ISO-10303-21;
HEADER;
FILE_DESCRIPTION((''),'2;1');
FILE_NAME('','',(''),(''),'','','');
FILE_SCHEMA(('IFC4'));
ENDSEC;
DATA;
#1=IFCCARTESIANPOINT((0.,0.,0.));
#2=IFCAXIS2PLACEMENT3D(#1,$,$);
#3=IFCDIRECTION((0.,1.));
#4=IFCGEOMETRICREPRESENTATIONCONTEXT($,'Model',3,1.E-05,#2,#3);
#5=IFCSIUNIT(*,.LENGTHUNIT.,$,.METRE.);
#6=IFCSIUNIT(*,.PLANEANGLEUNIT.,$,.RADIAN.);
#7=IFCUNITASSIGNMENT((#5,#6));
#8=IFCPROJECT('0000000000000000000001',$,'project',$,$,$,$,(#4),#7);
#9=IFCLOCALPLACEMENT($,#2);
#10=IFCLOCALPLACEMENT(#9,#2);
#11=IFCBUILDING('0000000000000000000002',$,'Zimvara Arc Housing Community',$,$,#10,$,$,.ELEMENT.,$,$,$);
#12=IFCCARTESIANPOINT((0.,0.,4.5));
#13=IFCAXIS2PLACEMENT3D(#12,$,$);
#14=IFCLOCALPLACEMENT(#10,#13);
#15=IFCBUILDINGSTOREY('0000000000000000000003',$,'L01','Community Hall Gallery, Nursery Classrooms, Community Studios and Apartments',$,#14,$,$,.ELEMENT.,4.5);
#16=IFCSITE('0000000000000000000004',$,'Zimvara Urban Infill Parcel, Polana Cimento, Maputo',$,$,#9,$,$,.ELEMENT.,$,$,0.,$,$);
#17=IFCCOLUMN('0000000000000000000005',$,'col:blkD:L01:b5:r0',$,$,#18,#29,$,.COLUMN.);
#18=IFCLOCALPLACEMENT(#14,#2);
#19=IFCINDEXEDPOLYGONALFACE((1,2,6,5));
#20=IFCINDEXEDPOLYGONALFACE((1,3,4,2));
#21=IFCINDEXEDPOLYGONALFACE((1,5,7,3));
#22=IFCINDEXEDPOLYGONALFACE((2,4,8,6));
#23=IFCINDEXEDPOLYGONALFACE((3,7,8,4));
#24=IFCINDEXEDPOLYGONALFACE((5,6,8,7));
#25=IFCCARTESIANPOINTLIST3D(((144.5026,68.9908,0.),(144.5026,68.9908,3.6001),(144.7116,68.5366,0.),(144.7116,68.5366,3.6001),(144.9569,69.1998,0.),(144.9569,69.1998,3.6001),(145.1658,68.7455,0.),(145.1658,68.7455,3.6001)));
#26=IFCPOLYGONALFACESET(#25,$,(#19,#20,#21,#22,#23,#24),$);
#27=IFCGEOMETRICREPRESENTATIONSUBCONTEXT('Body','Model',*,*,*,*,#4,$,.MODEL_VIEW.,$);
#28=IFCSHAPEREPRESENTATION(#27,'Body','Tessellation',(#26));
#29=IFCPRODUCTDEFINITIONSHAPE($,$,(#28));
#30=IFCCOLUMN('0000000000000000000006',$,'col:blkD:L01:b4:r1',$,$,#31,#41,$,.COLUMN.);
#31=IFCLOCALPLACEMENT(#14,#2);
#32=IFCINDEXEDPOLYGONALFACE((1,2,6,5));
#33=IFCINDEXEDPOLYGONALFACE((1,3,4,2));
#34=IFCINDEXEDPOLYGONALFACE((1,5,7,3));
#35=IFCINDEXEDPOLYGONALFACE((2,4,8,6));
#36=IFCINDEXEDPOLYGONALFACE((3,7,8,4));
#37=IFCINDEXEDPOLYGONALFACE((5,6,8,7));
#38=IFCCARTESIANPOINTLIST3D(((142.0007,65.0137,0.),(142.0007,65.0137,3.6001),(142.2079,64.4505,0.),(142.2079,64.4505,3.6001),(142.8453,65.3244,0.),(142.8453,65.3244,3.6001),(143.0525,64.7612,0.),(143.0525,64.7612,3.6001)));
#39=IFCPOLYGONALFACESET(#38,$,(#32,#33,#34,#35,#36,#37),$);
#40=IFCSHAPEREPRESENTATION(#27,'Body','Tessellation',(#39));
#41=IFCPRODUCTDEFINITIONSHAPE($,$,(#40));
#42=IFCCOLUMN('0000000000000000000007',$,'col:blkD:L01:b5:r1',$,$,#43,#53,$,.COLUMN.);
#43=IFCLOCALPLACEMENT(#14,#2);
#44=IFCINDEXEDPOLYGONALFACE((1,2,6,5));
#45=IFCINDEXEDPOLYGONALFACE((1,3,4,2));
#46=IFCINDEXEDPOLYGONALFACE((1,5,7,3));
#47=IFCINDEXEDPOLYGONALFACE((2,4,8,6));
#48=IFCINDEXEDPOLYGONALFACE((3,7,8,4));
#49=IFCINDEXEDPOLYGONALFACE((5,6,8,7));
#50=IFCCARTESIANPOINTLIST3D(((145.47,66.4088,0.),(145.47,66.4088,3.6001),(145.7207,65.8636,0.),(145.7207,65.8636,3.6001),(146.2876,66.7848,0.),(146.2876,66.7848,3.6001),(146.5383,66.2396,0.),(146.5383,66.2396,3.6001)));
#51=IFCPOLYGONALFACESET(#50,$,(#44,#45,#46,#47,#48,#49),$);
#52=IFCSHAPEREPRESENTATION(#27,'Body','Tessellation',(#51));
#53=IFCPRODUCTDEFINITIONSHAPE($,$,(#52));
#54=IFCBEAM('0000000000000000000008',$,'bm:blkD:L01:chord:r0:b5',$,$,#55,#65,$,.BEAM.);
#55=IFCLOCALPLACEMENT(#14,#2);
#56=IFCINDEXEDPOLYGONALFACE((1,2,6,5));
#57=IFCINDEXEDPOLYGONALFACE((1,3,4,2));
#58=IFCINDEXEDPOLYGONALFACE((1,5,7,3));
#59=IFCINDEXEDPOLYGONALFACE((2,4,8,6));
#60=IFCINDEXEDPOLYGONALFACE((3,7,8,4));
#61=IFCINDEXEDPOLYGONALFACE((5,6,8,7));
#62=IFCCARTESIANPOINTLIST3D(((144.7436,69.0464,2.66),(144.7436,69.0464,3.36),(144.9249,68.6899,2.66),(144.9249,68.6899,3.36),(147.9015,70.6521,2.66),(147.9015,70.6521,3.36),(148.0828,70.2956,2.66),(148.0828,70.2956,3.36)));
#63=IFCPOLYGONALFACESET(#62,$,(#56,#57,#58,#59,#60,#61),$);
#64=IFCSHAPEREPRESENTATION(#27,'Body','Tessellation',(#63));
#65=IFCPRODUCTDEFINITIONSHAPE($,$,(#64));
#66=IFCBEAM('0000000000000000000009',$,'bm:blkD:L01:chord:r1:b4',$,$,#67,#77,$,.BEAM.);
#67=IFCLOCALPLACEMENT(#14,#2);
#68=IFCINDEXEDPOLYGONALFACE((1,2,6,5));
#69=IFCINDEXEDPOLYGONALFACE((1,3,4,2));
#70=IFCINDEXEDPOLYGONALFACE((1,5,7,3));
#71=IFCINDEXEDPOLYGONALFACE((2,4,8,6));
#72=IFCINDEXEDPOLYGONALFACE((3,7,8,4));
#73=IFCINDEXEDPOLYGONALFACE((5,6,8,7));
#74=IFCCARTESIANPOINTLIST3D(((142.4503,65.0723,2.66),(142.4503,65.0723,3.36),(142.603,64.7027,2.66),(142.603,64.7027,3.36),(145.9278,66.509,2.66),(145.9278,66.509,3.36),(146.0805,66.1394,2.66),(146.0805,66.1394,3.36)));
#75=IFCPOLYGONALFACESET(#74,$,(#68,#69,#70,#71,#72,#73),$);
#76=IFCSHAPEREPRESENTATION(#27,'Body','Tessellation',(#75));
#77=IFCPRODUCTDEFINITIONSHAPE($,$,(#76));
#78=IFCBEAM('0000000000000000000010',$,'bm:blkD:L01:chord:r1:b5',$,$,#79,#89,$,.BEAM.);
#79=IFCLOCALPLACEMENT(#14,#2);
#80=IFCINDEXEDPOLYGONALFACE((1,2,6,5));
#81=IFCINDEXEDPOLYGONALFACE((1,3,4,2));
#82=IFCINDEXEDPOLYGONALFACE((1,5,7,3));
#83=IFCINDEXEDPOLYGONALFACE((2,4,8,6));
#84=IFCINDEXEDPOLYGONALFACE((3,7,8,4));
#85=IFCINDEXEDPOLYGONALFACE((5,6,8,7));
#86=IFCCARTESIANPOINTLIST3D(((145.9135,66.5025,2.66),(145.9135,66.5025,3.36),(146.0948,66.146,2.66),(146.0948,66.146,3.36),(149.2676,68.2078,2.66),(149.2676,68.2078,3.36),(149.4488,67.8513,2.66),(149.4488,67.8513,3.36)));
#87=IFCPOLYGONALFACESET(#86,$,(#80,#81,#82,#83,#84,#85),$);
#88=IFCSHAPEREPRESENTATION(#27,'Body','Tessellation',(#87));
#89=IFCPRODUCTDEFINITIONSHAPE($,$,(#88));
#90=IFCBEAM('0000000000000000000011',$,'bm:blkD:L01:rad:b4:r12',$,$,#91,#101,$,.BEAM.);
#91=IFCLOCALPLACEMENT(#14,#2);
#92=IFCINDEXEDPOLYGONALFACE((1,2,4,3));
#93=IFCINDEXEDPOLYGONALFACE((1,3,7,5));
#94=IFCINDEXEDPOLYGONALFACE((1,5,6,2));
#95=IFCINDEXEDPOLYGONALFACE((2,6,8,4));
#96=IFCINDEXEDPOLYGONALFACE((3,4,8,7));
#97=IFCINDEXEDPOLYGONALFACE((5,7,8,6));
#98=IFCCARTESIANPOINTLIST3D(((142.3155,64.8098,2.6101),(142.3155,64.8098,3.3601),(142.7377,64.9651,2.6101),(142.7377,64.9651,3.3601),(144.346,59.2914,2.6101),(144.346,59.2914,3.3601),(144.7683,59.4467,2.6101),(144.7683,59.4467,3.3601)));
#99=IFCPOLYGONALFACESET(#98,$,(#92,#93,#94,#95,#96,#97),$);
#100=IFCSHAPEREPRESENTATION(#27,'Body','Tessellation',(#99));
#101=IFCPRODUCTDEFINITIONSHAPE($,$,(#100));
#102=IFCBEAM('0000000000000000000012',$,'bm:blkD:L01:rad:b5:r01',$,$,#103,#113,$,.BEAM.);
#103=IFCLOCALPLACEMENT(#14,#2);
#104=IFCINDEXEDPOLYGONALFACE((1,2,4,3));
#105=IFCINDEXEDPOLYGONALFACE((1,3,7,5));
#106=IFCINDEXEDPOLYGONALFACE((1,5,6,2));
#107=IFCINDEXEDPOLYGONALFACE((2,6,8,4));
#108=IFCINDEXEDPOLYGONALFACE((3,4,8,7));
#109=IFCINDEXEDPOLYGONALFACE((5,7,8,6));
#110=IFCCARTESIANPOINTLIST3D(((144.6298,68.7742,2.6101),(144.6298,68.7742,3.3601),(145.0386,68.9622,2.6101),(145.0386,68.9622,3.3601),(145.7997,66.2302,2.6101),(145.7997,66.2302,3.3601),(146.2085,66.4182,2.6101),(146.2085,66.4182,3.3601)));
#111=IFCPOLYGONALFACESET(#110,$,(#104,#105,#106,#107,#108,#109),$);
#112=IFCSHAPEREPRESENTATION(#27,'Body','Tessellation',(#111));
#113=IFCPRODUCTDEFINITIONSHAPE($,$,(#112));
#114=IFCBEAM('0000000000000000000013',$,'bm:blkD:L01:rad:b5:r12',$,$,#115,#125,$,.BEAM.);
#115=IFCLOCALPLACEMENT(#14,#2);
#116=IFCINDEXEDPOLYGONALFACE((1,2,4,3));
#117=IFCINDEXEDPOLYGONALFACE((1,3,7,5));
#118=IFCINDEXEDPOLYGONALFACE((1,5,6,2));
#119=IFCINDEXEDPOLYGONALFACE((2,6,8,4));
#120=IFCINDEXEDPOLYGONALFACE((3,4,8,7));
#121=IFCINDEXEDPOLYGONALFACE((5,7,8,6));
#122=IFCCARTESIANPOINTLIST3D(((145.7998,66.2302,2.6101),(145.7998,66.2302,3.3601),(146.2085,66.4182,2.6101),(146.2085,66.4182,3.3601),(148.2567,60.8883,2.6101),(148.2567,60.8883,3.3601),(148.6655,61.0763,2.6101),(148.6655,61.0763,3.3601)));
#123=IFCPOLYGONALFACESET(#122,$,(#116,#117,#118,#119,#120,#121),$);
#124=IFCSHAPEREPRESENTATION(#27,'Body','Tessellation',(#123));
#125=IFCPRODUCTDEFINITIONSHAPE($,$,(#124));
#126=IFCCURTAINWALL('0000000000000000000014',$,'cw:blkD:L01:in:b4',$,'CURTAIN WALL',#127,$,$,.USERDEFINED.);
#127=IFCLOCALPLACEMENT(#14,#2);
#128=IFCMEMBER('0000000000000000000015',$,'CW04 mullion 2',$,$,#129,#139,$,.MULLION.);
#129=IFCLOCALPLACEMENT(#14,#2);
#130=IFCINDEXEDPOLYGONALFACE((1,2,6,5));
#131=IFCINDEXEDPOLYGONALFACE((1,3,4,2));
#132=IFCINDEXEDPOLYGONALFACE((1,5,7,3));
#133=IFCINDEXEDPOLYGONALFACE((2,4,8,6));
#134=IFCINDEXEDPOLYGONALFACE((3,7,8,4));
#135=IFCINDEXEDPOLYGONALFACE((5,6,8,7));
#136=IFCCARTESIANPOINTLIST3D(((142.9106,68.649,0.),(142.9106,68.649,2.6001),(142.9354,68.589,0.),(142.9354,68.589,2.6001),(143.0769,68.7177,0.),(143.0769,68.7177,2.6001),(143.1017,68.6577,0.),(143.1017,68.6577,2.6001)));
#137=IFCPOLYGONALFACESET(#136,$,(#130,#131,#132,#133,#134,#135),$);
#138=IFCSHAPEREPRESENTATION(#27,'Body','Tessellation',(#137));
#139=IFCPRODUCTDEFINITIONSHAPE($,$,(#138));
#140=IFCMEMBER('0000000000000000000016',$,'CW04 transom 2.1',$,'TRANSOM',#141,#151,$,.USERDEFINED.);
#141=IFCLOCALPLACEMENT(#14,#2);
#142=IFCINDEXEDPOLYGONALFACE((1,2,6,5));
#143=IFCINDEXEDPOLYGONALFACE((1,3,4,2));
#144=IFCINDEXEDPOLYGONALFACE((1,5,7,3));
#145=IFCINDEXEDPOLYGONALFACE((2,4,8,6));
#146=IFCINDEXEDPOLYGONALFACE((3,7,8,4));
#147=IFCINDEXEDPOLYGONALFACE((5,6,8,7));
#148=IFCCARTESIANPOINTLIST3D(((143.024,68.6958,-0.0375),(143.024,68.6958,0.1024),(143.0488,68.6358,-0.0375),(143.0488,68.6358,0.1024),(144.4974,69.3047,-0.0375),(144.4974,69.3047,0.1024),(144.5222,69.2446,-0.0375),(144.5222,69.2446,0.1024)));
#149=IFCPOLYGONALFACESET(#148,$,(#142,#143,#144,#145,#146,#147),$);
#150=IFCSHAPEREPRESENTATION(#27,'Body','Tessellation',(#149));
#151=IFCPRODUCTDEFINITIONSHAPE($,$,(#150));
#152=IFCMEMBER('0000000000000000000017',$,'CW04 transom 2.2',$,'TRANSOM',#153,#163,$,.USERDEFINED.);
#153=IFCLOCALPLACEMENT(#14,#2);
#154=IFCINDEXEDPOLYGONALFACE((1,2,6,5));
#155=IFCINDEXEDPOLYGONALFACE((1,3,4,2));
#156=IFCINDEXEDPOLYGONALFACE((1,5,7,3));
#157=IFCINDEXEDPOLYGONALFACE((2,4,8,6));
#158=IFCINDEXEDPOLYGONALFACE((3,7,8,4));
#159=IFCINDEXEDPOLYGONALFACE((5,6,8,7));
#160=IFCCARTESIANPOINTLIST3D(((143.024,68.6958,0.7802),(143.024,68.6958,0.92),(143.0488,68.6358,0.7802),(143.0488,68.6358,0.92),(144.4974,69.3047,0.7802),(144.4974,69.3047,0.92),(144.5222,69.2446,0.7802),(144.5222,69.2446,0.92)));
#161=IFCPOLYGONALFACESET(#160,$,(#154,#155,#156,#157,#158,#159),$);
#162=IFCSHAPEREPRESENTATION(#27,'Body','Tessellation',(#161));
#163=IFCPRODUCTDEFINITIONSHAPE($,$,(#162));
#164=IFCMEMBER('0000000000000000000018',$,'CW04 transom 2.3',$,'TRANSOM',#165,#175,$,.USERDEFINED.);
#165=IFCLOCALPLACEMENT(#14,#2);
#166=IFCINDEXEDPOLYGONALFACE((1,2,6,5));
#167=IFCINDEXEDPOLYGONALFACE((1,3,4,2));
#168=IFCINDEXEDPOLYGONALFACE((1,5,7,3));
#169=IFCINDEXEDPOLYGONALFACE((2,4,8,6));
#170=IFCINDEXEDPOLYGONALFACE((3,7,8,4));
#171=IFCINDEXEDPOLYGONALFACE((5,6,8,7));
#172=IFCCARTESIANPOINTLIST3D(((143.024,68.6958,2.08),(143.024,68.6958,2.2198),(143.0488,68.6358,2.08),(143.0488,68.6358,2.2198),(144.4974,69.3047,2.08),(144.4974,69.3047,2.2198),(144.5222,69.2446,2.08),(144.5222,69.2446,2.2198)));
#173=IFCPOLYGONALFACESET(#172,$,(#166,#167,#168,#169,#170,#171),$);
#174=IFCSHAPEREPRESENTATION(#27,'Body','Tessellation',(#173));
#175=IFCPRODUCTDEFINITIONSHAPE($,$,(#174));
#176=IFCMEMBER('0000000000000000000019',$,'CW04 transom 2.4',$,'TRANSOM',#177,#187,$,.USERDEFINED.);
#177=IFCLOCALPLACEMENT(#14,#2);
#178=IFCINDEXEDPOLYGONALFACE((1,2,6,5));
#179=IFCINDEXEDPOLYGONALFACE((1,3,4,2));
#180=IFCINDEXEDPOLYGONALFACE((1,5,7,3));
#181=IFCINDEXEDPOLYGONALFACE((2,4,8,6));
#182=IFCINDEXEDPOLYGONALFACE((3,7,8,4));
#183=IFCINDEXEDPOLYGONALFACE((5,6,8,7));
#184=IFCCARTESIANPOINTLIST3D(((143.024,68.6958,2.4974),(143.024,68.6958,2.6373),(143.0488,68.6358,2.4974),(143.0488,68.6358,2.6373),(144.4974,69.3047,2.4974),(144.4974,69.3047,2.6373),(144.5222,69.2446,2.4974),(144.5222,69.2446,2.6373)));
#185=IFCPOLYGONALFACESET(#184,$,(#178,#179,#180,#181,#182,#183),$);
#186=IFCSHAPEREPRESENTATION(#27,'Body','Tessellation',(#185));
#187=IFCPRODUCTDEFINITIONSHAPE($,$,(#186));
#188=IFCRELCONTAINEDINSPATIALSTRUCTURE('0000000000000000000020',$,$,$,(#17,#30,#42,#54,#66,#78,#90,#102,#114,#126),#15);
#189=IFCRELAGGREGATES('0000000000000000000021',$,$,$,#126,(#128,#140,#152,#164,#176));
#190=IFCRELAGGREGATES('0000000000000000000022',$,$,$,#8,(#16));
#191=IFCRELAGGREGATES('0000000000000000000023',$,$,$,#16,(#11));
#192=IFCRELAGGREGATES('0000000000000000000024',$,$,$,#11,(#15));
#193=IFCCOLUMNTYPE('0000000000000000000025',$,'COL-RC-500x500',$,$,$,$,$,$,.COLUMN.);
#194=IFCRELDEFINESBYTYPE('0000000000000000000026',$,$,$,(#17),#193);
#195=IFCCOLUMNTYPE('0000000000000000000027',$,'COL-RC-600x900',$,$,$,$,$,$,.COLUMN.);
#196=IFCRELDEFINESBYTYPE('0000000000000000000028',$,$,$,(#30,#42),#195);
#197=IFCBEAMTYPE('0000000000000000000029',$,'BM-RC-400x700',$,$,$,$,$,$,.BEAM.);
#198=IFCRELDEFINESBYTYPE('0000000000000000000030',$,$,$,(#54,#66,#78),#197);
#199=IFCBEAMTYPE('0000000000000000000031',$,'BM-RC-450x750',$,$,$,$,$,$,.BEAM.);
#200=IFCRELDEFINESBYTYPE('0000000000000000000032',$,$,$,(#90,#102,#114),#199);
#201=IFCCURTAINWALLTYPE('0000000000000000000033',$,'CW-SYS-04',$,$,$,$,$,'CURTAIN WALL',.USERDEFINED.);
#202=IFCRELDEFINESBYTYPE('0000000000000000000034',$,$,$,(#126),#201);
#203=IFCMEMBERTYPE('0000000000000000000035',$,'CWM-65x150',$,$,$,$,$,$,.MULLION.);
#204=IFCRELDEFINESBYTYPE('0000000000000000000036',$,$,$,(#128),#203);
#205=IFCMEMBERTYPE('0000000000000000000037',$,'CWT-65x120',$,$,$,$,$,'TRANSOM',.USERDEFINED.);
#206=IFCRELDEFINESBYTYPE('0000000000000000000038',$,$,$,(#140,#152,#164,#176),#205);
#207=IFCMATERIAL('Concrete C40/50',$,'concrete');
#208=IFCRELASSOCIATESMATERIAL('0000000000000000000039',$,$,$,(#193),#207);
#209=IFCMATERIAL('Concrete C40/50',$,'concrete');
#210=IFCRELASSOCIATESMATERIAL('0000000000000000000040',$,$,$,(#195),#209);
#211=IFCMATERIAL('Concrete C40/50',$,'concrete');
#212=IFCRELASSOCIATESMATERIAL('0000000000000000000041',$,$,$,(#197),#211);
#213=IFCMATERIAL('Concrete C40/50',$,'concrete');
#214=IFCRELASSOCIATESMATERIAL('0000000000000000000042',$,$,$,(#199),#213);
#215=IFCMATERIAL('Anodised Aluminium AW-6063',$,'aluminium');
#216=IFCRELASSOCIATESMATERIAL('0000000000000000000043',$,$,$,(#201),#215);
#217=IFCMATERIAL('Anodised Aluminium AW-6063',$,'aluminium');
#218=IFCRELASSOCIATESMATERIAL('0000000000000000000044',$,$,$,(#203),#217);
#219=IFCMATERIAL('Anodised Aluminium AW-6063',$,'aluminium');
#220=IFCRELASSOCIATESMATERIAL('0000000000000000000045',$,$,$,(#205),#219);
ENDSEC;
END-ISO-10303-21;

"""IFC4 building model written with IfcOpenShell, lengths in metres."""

from ifc_helpers import new_model, si_unit, direction, frame, origin, origin_2d, place, context, subcontext, project, spatial, rectangle, extrude, material, material_profile, profile_set, type_object, element, aggregate, save


model = new_model("IFC4")

# Units and contexts
model_context = context("Model", 3, precision=1e-05, world=origin(), true_north=direction((0.0, 1.0)))
body_context = subcontext(model_context, "Body", "Model", "MODEL_VIEW")
ifc_project = project(units=[si_unit("LENGTHUNIT", "METRE"), si_unit("PLANEANGLEUNIT", "RADIAN")], contexts=[model_context])

# Site, building, storey
site_placement = place(None, origin())
site = spatial("IfcSite", under=ifc_project, at=site_placement, Name="Zimvara Urban Infill Parcel, Polana Cimento, Maputo", CompositionType="ELEMENT", RefElevation=0.0)
building_placement = place(site_placement, origin())
building = spatial("IfcBuilding", under=site, at=building_placement, Name="Zimvara Arc Housing Community", CompositionType="ELEMENT")
storey_placement = place(building_placement, frame((0.0, 0.0, 4.5)))
storey = spatial("IfcBuildingStorey", under=building, at=storey_placement, Name="L01", Description="Community Hall Gallery, Nursery Classrooms, Community Studios and Apartments", CompositionType="ELEMENT", Elevation=4.5)

# Columns
ifc_material_1 = material(Name="Concrete C40/50", Category="concrete")
ifc_material_profile_1 = material_profile(ifc_material_1, rectangle(XDim=0.5, YDim=0.5, at=origin_2d()), Name="RC 500x500")
ifc_profile_set_1 = profile_set([ifc_material_profile_1], Name="Concrete C40/50")
column_type_1 = type_object("IfcColumnType", Name="COL-RC-500x500", PredefinedType="COLUMN", material=ifc_profile_set_1)
column_placement = place(storey_placement, frame((144.8342, 68.8682, 0.0), z_axis=(0.0, 0.0, 1.0), x_axis=(0.417867, -0.908508, 0.0)))
element("IfcColumn", 1, at=column_placement, inside=storey, type_object=column_type_1, Name="col:blkD:L01:b5:r0", PredefinedType="COLUMN", context=body_context, shape_type="SweptSolid", body=[
    extrude(rectangle(XDim=0.5, YDim=0.5, at=origin_2d()), origin(), (0.0, 0.0, 1.0), 3.6001),
])
ifc_material_2 = material(Name="Concrete C40/50", Category="concrete")
ifc_material_profile_2 = material_profile(ifc_material_2, rectangle(XDim=0.6001, YDim=0.8999, at=origin_2d()), Name="RC 600x900")
ifc_profile_set_2 = profile_set([ifc_material_profile_2], Name="Concrete C40/50")
column_type_2 = type_object("IfcColumnType", Name="COL-RC-600x900", PredefinedType="COLUMN", material=ifc_profile_set_2)
for number, where, z_axis, x_axis, name in (
    (2, (142.5266, 64.8875, 0.0), (0.0, 0.0, 1.0), (0.345298, -0.938493, 0.0), "col:blkD:L01:b4:r1"),
    (3, (146.0042, 66.3242, 0.0), (0.0, 0.0, 1.0), (0.417867, -0.908508, 0.0), "col:blkD:L01:b5:r1"),
):
    element("IfcColumn", number, at=place(storey_placement, frame(where, z_axis=z_axis, x_axis=x_axis)), inside=storey, type_object=column_type_2, Name=name, PredefinedType="COLUMN", context=body_context, shape_type="SweptSolid", body=[
        extrude(rectangle(XDim=0.6001, YDim=0.8999, at=origin_2d()), origin(), (0.0, 0.0, 1.0), 3.6001),
    ])

# Beams
ifc_material_3 = material(Name="Concrete C40/50", Category="concrete")
ifc_material_profile_3 = material_profile(ifc_material_3, rectangle(XDim=0.3999, YDim=0.7, at=origin_2d()), Name="RC 400x700")
ifc_profile_set_3 = profile_set([ifc_material_profile_3], Name="Concrete C40/50")
beam_type_1 = type_object("IfcBeamType", Name="BM-RC-400x700", PredefinedType="BEAM", material=ifc_profile_set_3)
beam_1_placement = place(storey_placement, frame((144.8342, 68.8682, 3.01), z_axis=(0.891388, 0.45324, 0.0), x_axis=(-0.45324, 0.891388, 0.0)))
element("IfcBeam", 4, at=beam_1_placement, inside=storey, type_object=beam_type_1, Name="bm:blkD:L01:chord:r0:b5", PredefinedType="BEAM", context=body_context, shape_type="SweptSolid", body=[
    extrude(rectangle(XDim=0.3999, YDim=0.7, at=origin_2d()), origin(), (0.0, 0.0, 1.0), 3.5427),
])
for number, where, z_axis, x_axis, name in (
    (5, (142.5266, 64.8875, 3.01), (0.924225, 0.381849, 0.0), (-0.381849, 0.924225, 0.0), "bm:blkD:L01:chord:r1:b4"),
    (6, (146.0042, 66.3242, 3.01), (0.891396, 0.453225, 0.0), (-0.453225, 0.891396, 0.0), "bm:blkD:L01:chord:r1:b5"),
):
    element("IfcBeam", number, at=place(storey_placement, frame(where, z_axis=z_axis, x_axis=x_axis)), inside=storey, type_object=beam_type_1, Name=name, PredefinedType="BEAM", context=body_context, shape_type="SweptSolid", body=[
        extrude(rectangle(XDim=0.3999, YDim=0.7, at=origin_2d()), origin(), (0.0, 0.0, 1.0), 3.7627),
    ])
ifc_material_4 = material(Name="Concrete C40/50", Category="concrete")
ifc_material_profile_4 = material_profile(ifc_material_4, rectangle(XDim=0.45, YDim=0.75, at=origin_2d()), Name="RC 450x750")
ifc_profile_set_4 = profile_set([ifc_material_profile_4], Name="Concrete C40/50")
beam_type_2 = type_object("IfcBeamType", Name="BM-RC-450x750", PredefinedType="BEAM", material=ifc_profile_set_4)
beam_2_placement = place(storey_placement, frame((142.5266, 64.8875, 2.9851), z_axis=(0.345324, -0.938483, 0.0), x_axis=(0.938483, 0.345324, 0.0)))
element("IfcBeam", 7, at=beam_2_placement, inside=storey, type_object=beam_type_2, Name="bm:blkD:L01:rad:b4:r12", PredefinedType="BEAM", context=body_context, shape_type="SweptSolid", body=[
    extrude(rectangle(XDim=0.45, YDim=0.75, at=origin_2d()), origin(), (0.0, 0.0, 1.0), 5.8801),
])
beam_3_placement = place(storey_placement, frame((144.8342, 68.8682, 2.9851), z_axis=(0.417819, -0.90853, 0.0), x_axis=(0.90853, 0.417819, 0.0)))
element("IfcBeam", 8, at=beam_3_placement, inside=storey, type_object=beam_type_2, Name="bm:blkD:L01:rad:b5:r01", PredefinedType="BEAM", context=body_context, shape_type="SweptSolid", body=[
    extrude(rectangle(XDim=0.45, YDim=0.75, at=origin_2d()), origin(), (0.0, 0.0, 1.0), 2.8),
])
beam_4_placement = place(storey_placement, frame((146.0042, 66.3242, 2.9851), z_axis=(0.417862, -0.90851, 0.0), x_axis=(0.90851, 0.417862, 0.0)))
element("IfcBeam", 9, at=beam_4_placement, inside=storey, type_object=beam_type_2, Name="bm:blkD:L01:rad:b5:r12", PredefinedType="BEAM", context=body_context, shape_type="SweptSolid", body=[
    extrude(rectangle(XDim=0.45, YDim=0.75, at=origin_2d()), origin(), (0.0, 0.0, 1.0), 5.8799),
])

# Curtain wall, members
ifc_material_5 = material(Name="Anodised Aluminium AW-6063", Category="aluminium")
curtain_wall_type = type_object("IfcCurtainWallType", Name="CW-SYS-04", ElementType="CURTAIN WALL", PredefinedType="USERDEFINED", material=ifc_material_5)
curtain_wall_placement = place(storey_placement, origin())
curtain_wall = element("IfcCurtainWall", 10, at=curtain_wall_placement, inside=storey, type_object=curtain_wall_type, Name="cw:blkD:L01:in:b4", ObjectType="CURTAIN WALL", PredefinedType="USERDEFINED")
ifc_material_6 = material(Name="Anodised Aluminium AW-6063", Category="aluminium")
ifc_material_profile_5 = material_profile(ifc_material_6, rectangle(XDim=0.0649, YDim=0.1799, at=origin_2d()), Name="ALU 65x180")
ifc_profile_set_5 = profile_set([ifc_material_profile_5], Name="Anodised Aluminium AW-6063")
member_type_1 = type_object("IfcMemberType", Name="CWM-65x150", PredefinedType="MULLION", material=ifc_profile_set_5)
member_1_placement = place(storey_placement, frame((143.0061, 68.6533, 0.0), z_axis=(0.0, 0.0, 1.0), x_axis=(-0.381877, 0.924213, 0.0)))
member_1 = element("IfcMember", 11, at=member_1_placement, type_object=member_type_1, Name="CW04 mullion 2", PredefinedType="MULLION", context=body_context, shape_type="SweptSolid", body=[
    extrude(rectangle(XDim=0.0649, YDim=0.1799, at=origin_2d()), origin(), (0.0, 0.0, 1.0), 2.6001),
])
ifc_material_7 = material(Name="Anodised Aluminium AW-6063", Category="aluminium")
ifc_material_profile_6 = material_profile(ifc_material_7, rectangle(XDim=0.0649, YDim=0.1399, at=origin_2d()), Name="ALU 65x140")
ifc_profile_set_6 = profile_set([ifc_material_profile_6], Name="Anodised Aluminium AW-6063")
member_type_2 = type_object("IfcMemberType", Name="CWT-65x120", ElementType="TRANSOM", PredefinedType="USERDEFINED", material=ifc_profile_set_6)
member_2_placement = place(storey_placement, frame((143.0364, 68.6658, 0.0325), z_axis=(0.924192, 0.381928, 0.0), x_axis=(-0.381928, 0.924192, 0.0)))
member_2 = element("IfcMember", 12, at=member_2_placement, type_object=member_type_2, Name="CW04 transom 2.1", ObjectType="TRANSOM", PredefinedType="USERDEFINED", context=body_context, shape_type="SweptSolid", body=[
    extrude(rectangle(XDim=0.0649, YDim=0.1399, at=origin_2d()), origin(), (0.0, 0.0, 1.0), 1.5942),
])
member_3_placement = place(storey_placement, frame((143.0364, 68.6658, 0.8501), z_axis=(0.924192, 0.381928, 0.0), x_axis=(-0.381928, 0.924192, 0.0)))
member_3 = element("IfcMember", 13, at=member_3_placement, type_object=member_type_2, Name="CW04 transom 2.2", ObjectType="TRANSOM", PredefinedType="USERDEFINED", context=body_context, shape_type="SweptSolid", body=[
    extrude(rectangle(XDim=0.0649, YDim=0.1399, at=origin_2d()), origin(), (0.0, 0.0, 1.0), 1.5942),
])
member_4_placement = place(storey_placement, frame((143.0364, 68.6658, 2.1499), z_axis=(0.924192, 0.381928, 0.0), x_axis=(-0.381928, 0.924192, 0.0)))
member_4 = element("IfcMember", 14, at=member_4_placement, type_object=member_type_2, Name="CW04 transom 2.3", ObjectType="TRANSOM", PredefinedType="USERDEFINED", context=body_context, shape_type="SweptSolid", body=[
    extrude(rectangle(XDim=0.0649, YDim=0.1399, at=origin_2d()), origin(), (0.0, 0.0, 1.0), 1.5942),
])
member_5_placement = place(storey_placement, frame((143.0364, 68.6658, 2.5674), z_axis=(0.924192, 0.381928, 0.0), x_axis=(-0.381928, 0.924192, 0.0)))
member_5 = element("IfcMember", 15, at=member_5_placement, type_object=member_type_2, Name="CW04 transom 2.4", ObjectType="TRANSOM", PredefinedType="USERDEFINED", context=body_context, shape_type="SweptSolid", body=[
    extrude(rectangle(XDim=0.0649, YDim=0.1399, at=origin_2d()), origin(), (0.0, 0.0, 1.0), 1.5942),
])
aggregate(curtain_wall, [member_1, member_2, member_3, member_4, member_5])

save(model, "model.ifc")
